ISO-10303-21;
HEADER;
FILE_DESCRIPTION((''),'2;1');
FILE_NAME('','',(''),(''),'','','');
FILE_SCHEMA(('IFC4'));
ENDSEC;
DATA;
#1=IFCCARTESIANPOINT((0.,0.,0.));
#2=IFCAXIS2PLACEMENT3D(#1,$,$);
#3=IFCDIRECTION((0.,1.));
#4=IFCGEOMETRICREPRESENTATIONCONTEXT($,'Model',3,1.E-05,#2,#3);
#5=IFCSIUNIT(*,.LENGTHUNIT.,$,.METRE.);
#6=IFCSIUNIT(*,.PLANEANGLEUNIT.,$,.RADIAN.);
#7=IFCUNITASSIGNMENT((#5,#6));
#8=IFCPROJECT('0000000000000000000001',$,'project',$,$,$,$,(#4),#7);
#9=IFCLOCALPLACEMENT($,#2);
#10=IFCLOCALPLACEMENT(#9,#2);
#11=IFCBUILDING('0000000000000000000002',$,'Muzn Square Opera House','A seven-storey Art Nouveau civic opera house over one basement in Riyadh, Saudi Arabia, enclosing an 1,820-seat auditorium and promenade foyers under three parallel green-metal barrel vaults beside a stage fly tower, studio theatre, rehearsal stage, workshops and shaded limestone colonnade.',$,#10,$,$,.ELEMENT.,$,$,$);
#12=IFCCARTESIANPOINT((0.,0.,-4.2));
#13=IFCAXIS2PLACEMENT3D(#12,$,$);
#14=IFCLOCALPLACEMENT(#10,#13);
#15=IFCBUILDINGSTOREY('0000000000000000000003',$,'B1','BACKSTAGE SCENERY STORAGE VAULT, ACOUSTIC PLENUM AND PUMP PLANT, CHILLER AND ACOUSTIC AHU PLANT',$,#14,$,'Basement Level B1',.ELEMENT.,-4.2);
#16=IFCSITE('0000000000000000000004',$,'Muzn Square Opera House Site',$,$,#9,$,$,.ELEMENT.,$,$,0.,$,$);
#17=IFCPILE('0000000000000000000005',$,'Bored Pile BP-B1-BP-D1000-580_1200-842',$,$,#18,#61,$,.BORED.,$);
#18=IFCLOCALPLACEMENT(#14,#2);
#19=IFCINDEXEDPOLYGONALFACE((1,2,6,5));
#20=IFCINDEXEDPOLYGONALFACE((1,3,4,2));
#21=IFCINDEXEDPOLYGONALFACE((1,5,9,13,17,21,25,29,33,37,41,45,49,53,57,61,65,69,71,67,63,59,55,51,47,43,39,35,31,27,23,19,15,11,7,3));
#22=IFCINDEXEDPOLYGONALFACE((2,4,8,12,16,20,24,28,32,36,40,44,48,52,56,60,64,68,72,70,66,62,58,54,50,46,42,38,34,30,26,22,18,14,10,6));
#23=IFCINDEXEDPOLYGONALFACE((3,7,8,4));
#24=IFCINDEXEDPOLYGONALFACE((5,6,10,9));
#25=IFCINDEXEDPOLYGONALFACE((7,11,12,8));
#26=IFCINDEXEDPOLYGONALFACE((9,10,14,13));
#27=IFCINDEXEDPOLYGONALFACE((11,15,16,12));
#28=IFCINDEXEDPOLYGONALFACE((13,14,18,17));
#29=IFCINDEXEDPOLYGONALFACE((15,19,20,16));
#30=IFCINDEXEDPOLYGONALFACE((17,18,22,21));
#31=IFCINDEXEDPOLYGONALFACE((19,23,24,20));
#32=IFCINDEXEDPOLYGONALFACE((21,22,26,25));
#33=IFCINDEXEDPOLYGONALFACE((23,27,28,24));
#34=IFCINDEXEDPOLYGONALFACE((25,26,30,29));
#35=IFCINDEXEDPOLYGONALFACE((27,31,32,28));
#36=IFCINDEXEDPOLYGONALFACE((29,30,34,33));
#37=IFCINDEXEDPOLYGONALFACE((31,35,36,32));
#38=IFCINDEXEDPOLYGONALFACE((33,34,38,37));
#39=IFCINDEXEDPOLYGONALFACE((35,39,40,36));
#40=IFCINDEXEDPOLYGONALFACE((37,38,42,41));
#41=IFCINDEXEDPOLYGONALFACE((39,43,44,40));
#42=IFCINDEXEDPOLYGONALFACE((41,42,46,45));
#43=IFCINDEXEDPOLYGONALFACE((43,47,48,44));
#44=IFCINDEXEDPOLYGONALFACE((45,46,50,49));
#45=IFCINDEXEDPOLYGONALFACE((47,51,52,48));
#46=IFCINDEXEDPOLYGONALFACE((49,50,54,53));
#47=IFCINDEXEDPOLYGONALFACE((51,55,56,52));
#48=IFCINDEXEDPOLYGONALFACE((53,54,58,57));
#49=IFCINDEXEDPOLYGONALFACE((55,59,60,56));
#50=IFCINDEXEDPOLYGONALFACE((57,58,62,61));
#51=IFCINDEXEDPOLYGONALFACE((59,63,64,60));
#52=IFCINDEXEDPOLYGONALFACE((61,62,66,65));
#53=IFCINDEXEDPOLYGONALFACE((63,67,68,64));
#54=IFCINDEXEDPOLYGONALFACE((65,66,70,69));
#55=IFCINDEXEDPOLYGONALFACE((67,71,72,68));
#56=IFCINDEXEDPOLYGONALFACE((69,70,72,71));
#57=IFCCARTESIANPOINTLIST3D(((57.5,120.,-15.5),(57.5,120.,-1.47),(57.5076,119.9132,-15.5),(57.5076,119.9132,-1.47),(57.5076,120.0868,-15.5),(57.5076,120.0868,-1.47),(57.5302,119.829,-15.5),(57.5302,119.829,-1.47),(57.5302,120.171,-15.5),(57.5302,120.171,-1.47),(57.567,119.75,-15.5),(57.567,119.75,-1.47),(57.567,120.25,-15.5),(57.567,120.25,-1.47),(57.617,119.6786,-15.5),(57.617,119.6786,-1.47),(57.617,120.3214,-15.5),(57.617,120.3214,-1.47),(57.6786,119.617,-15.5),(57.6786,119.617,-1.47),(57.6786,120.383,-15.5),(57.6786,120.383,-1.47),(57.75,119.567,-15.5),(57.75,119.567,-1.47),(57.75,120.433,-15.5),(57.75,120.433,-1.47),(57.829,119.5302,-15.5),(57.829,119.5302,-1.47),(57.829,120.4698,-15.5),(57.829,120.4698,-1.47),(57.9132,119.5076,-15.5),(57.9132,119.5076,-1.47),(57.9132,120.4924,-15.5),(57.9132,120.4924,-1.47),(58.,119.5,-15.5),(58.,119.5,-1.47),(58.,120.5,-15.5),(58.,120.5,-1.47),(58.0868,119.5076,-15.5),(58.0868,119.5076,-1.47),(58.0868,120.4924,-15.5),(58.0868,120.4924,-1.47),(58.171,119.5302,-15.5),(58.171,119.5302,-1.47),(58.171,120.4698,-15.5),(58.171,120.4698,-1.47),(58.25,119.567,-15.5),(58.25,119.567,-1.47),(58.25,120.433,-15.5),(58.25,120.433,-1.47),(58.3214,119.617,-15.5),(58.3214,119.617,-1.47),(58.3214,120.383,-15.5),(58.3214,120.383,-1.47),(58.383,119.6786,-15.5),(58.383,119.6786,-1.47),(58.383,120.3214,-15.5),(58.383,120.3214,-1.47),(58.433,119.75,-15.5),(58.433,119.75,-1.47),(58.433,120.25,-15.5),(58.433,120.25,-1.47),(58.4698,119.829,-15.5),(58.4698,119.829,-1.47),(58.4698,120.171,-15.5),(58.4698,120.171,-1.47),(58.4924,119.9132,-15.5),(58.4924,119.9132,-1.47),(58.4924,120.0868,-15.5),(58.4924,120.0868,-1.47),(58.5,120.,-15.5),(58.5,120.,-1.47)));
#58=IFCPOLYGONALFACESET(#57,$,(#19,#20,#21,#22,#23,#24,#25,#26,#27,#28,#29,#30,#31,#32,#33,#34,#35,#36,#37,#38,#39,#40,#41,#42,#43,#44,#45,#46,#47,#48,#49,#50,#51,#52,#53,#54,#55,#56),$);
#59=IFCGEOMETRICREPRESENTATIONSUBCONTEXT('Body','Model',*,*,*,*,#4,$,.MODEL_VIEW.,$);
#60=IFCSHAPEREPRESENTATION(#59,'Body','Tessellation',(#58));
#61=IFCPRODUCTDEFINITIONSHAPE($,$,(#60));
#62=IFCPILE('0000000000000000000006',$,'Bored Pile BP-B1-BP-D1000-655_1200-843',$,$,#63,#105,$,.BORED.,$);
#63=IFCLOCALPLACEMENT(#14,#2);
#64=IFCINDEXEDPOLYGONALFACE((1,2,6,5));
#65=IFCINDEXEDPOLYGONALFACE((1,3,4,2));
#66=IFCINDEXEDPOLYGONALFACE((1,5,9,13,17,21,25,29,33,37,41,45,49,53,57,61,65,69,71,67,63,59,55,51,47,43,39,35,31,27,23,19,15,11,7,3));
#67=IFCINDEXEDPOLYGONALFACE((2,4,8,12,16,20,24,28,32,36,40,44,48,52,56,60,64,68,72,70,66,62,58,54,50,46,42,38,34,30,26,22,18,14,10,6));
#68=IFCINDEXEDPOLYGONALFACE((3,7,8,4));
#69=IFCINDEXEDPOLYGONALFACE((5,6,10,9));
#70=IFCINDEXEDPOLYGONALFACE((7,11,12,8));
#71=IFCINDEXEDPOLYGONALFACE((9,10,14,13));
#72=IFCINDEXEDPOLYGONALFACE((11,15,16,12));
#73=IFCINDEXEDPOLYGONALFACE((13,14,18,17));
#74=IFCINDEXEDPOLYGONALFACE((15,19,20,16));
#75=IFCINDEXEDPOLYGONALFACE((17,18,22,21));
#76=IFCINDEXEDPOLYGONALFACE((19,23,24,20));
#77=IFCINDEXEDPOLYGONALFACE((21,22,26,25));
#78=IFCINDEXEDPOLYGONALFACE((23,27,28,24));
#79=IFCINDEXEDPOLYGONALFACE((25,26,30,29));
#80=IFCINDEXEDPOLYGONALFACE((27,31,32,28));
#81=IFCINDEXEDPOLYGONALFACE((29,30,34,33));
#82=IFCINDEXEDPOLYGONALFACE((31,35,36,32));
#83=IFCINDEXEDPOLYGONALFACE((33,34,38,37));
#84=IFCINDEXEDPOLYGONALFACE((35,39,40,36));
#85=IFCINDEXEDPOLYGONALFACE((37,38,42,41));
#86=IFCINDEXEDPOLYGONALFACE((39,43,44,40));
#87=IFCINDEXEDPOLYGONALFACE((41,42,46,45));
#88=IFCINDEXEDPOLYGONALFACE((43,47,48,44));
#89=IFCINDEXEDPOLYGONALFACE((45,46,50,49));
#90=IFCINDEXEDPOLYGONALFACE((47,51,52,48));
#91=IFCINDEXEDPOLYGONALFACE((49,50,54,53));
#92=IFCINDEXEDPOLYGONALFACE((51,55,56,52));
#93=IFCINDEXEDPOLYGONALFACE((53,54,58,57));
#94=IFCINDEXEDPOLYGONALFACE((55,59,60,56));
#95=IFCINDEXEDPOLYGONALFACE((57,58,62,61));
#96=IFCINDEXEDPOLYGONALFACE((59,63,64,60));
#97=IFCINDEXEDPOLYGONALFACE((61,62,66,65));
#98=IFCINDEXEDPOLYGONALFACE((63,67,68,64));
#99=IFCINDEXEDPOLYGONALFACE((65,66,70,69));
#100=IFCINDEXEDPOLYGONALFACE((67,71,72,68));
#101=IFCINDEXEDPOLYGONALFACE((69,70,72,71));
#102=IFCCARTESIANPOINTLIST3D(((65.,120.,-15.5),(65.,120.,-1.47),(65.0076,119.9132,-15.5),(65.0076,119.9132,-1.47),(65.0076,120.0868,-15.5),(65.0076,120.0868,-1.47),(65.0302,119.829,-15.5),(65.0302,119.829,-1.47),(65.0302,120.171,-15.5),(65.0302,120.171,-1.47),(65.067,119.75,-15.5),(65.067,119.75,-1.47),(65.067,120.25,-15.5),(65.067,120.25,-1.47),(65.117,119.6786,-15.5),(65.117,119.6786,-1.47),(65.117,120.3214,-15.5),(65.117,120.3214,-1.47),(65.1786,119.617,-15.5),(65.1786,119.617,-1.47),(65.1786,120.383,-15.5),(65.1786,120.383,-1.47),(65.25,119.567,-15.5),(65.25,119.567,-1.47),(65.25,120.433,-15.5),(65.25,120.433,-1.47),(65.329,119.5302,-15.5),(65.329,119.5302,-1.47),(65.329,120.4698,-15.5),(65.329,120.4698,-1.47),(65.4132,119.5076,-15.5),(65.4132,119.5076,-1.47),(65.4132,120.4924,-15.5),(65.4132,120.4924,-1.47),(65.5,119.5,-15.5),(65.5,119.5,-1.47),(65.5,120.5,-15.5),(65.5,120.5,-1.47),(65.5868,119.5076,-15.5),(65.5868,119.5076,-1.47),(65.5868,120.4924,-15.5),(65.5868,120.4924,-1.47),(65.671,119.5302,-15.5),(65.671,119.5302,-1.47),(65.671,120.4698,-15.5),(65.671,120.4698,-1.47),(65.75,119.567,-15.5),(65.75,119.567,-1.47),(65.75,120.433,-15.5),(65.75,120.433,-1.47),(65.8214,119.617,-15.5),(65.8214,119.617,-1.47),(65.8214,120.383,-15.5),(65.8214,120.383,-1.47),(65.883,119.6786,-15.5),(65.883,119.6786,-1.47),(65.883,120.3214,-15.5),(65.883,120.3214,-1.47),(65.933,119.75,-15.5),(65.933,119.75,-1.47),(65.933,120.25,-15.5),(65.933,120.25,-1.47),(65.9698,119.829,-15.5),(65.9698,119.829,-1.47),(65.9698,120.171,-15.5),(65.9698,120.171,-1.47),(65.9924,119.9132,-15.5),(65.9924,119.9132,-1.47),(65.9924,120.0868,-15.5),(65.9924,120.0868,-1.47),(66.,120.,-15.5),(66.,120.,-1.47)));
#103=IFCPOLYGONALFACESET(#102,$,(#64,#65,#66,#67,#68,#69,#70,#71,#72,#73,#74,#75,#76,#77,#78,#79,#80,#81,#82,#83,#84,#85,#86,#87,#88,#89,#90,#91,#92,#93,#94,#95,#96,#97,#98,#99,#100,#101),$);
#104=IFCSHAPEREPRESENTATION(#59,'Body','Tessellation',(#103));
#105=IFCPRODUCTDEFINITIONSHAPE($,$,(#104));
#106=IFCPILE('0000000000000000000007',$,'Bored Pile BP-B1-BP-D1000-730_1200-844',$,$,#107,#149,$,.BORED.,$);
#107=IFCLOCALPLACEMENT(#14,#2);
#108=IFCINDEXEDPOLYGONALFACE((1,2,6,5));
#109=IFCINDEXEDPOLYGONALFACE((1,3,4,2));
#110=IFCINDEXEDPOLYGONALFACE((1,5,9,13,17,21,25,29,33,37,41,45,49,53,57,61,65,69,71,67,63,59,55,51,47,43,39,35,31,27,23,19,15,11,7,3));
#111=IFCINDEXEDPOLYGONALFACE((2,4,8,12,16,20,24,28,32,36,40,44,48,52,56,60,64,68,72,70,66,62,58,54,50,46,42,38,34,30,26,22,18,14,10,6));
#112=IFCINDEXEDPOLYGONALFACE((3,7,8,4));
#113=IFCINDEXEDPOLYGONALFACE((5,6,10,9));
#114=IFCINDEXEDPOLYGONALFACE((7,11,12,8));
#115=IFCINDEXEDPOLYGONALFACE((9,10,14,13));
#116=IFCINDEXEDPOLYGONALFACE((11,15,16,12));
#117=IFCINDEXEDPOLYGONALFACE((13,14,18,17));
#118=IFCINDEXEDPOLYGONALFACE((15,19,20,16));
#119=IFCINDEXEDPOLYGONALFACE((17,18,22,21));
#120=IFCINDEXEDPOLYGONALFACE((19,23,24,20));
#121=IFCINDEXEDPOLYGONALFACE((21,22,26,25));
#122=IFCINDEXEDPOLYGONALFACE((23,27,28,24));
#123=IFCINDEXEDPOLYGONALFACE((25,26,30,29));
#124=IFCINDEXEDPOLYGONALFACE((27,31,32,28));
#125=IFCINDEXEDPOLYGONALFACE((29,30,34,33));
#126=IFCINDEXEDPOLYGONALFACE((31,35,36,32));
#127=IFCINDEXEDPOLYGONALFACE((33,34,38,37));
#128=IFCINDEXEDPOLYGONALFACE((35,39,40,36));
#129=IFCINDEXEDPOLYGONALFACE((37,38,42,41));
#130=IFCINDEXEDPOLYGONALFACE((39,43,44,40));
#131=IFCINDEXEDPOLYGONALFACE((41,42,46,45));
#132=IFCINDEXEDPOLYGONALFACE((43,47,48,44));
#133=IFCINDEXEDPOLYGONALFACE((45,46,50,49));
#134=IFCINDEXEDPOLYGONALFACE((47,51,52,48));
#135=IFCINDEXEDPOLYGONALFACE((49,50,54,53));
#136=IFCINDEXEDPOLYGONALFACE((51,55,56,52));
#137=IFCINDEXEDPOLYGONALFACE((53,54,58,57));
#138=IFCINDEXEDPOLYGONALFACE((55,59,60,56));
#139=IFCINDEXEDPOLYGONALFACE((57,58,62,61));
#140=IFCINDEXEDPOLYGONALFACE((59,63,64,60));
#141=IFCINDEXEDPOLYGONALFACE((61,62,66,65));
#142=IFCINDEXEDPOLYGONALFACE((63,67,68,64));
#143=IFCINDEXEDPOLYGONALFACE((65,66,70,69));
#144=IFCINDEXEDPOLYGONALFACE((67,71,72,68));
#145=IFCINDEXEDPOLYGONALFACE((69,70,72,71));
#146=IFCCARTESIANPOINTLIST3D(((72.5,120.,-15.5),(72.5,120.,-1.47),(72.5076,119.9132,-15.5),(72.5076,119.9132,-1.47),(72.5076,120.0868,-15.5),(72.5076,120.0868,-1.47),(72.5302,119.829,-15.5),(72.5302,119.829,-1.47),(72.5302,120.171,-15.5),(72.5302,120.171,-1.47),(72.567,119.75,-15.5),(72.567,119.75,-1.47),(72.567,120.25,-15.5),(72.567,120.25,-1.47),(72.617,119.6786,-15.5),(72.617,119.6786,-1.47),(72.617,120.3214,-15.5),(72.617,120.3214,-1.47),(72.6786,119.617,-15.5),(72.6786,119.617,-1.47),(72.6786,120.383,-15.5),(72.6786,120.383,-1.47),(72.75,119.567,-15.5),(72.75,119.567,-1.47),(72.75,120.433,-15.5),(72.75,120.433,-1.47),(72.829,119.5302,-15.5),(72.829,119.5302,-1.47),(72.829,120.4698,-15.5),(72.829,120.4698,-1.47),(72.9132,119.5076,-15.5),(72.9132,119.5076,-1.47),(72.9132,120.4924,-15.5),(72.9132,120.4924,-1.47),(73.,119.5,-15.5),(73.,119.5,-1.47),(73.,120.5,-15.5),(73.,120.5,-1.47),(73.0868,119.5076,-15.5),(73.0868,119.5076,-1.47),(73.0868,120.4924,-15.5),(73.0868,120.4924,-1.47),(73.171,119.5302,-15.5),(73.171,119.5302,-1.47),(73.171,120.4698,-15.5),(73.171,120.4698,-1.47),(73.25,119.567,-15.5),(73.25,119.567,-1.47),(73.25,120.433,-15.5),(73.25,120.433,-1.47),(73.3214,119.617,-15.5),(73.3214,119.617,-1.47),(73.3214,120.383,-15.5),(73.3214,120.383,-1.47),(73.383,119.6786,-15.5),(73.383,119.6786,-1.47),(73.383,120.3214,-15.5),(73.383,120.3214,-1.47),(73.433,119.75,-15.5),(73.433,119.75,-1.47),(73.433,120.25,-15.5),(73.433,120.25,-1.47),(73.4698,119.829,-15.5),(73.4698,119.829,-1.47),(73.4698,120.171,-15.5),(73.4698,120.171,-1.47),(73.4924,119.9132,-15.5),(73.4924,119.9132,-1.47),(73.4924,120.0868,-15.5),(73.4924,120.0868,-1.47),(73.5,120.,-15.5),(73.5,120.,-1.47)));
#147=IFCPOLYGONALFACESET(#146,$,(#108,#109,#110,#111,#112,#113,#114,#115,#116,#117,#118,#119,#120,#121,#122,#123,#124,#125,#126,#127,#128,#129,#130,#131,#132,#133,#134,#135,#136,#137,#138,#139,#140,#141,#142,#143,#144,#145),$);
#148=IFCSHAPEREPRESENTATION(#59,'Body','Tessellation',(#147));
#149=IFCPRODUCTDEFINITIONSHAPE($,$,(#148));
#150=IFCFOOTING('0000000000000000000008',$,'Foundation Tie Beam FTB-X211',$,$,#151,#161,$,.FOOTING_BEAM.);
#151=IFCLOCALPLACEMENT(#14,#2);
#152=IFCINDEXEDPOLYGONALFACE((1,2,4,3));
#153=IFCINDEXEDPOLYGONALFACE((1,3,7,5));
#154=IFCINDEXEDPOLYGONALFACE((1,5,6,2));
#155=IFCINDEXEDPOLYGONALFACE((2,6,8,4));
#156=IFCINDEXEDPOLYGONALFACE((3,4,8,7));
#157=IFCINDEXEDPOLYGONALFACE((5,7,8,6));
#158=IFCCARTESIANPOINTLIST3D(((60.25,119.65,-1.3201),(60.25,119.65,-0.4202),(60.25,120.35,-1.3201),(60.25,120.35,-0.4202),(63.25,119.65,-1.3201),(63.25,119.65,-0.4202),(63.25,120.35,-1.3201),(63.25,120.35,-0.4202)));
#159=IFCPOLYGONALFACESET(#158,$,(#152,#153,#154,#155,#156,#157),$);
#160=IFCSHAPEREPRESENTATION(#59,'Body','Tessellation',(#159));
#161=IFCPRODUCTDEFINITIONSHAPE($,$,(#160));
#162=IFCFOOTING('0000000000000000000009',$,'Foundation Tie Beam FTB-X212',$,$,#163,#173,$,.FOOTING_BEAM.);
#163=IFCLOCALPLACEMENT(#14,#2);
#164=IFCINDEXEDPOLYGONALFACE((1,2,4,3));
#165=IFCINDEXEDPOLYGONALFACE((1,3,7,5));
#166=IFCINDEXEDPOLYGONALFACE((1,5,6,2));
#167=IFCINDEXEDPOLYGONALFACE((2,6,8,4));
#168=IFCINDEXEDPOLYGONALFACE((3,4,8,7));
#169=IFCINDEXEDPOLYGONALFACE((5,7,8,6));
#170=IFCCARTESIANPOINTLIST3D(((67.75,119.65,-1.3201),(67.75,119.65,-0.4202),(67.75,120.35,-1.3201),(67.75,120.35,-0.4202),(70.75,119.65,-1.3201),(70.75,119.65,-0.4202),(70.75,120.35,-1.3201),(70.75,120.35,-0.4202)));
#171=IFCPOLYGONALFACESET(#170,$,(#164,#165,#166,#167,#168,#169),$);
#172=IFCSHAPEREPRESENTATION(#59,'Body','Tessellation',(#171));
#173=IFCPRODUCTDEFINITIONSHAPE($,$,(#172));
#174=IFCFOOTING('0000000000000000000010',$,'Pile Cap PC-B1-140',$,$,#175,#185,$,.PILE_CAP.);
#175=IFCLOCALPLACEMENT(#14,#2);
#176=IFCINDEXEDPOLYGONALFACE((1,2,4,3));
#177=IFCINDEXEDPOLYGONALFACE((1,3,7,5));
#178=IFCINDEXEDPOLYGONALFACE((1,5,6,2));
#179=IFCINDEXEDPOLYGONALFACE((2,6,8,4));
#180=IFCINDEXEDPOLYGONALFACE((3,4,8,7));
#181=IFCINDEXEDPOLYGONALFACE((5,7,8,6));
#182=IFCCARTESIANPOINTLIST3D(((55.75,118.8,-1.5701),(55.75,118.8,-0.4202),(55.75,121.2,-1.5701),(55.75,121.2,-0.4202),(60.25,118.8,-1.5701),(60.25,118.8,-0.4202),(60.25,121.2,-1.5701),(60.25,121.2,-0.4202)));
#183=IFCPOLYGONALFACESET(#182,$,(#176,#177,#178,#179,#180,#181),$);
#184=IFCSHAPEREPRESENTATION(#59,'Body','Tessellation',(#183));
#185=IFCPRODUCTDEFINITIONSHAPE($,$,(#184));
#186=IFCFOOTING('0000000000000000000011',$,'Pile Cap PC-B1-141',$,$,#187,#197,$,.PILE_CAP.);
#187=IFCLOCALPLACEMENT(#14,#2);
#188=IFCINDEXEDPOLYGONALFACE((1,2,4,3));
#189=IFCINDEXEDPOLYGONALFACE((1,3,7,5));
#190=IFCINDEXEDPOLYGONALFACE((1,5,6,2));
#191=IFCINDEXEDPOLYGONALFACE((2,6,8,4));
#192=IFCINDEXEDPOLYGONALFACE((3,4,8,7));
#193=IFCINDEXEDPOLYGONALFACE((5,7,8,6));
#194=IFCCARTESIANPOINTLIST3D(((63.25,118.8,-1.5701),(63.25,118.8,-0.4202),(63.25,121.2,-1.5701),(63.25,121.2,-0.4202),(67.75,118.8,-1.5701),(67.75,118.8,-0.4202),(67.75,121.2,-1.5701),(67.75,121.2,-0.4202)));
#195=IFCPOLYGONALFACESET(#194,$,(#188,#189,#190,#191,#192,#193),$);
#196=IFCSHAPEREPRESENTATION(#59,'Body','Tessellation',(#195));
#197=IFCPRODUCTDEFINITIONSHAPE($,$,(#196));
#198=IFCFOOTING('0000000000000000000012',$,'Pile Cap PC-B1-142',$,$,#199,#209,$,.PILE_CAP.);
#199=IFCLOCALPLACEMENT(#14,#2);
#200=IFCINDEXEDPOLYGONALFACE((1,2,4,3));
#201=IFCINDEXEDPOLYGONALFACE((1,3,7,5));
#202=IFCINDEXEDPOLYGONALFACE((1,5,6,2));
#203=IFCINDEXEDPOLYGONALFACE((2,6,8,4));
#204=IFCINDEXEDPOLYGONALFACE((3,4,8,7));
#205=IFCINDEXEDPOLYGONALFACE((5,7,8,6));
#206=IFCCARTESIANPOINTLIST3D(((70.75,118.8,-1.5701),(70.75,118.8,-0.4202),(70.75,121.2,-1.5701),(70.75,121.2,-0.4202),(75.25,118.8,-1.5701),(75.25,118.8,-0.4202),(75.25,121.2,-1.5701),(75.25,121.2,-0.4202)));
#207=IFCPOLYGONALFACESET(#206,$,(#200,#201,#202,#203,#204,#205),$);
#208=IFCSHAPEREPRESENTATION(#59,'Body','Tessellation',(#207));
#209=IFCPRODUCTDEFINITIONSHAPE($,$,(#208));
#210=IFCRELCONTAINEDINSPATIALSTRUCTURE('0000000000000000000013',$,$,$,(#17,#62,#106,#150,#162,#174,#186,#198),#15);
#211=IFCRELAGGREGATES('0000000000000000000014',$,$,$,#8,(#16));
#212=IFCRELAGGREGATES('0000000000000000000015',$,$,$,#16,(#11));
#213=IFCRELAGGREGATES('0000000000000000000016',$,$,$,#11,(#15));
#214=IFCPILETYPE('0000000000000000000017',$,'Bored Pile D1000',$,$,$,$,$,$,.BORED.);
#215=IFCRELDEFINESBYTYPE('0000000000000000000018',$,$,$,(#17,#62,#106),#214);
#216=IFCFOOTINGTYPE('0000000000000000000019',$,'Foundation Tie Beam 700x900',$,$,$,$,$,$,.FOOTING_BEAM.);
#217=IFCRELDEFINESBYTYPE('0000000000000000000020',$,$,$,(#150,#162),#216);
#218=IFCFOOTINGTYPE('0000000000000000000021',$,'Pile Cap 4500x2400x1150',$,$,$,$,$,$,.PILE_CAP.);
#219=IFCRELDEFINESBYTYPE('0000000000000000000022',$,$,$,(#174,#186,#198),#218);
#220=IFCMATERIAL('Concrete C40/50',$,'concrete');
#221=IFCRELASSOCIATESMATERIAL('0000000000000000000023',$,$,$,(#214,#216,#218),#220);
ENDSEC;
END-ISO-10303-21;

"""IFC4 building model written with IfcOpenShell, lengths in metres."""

from ifc_helpers import new_model, si_unit, direction, frame, origin, origin_2d, place, context, subcontext, project, spatial, rectangle, circle, extrude, material, material_profile, profile_set, type_object, element, save


model = new_model("IFC4")

# Units and contexts
model_context = context("Model", 3, precision=1e-05, world=origin(), true_north=direction((0.0, 1.0)))
body_context = subcontext(model_context, "Body", "Model", "MODEL_VIEW")
ifc_project = project(units=[si_unit("LENGTHUNIT", "METRE"), si_unit("PLANEANGLEUNIT", "RADIAN")], contexts=[model_context])

# Site, building, storey
site_placement = place(None, origin())
site = spatial("IfcSite", under=ifc_project, at=site_placement, Name="Muzn Square Opera House Site", CompositionType="ELEMENT", RefElevation=0.0)
building_placement = place(site_placement, origin())
building = spatial("IfcBuilding", under=site, at=building_placement, Name="Muzn Square Opera House", Description="A seven-storey Art Nouveau civic opera house over one basement in Riyadh, Saudi Arabia, enclosing an 1,820-seat auditorium and promenade foyers under three parallel green-metal barrel vaults beside a stage fly tower, studio theatre, rehearsal stage, workshops and shaded limestone colonnade.", CompositionType="ELEMENT")
storey_placement = place(building_placement, frame((0.0, 0.0, -4.2)))
storey = spatial("IfcBuildingStorey", under=building, at=storey_placement, Name="B1", Description="BACKSTAGE SCENERY STORAGE VAULT, ACOUSTIC PLENUM AND PUMP PLANT, CHILLER AND ACOUSTIC AHU PLANT", LongName="Basement Level B1", CompositionType="ELEMENT", Elevation=-4.2)

# Piles
ifc_material_1 = material(Name="Concrete C40/50", Category="concrete")
ifc_material_profile_1 = material_profile(ifc_material_1, circle(Radius=0.5, at=origin_2d()), Name="BORED PILE D1000", Category="concrete")
ifc_profile_set_1 = profile_set([ifc_material_profile_1], Name="Concrete C40/50")
pile_type = type_object("IfcPileType", Name="Bored Pile D1000", PredefinedType="BORED", material=ifc_profile_set_1)
for number, where, z_axis, x_axis, name in (
    (1, (58.0, 120.0, -1.47), (0.0, 0.0, -1.0), (1.0, 0.0, 0.0), "Bored Pile BP-B1-BP-D1000-580_1200-842"),
    (2, (65.5, 120.0, -1.47), (0.0, 0.0, -1.0), (1.0, 0.0, 0.0), "Bored Pile BP-B1-BP-D1000-655_1200-843"),
    (3, (73.0, 120.0, -1.47), (0.0, 0.0, -1.0), (1.0, 0.0, 0.0), "Bored Pile BP-B1-BP-D1000-730_1200-844"),
):
    element("IfcPile", number, at=place(storey_placement, frame(where, z_axis=z_axis, x_axis=x_axis)), inside=storey, type_object=pile_type, Name=name, PredefinedType="BORED", context=body_context, shape_type="SweptSolid", body=[
        extrude(circle(Radius=0.5, at=origin_2d()), origin(), (0.0, 0.0, 1.0), 14.03),
    ])

# Footings
ifc_material_profile_2 = material_profile(ifc_material_1, rectangle(XDim=0.7, YDim=0.8999, at=origin_2d()), Name="RCTB 700x900", Category="concrete")
ifc_profile_set_2 = profile_set([ifc_material_profile_2], Name="Concrete C40/50")
footing_type_1 = type_object("IfcFootingType", Name="Foundation Tie Beam 700x900", PredefinedType="FOOTING_BEAM", material=ifc_profile_set_2)
for number, where, z_axis, x_axis, name in (
    (4, (60.25, 120.0, -0.8701), (1.0, 0.0, 0.0), (0.0, 1.0, 0.0), "Foundation Tie Beam FTB-X211"),
    (5, (67.75, 120.0, -0.8701), (1.0, 0.0, 0.0), (0.0, 1.0, 0.0), "Foundation Tie Beam FTB-X212"),
):
    element("IfcFooting", number, at=place(storey_placement, frame(where, z_axis=z_axis, x_axis=x_axis)), inside=storey, type_object=footing_type_1, Name=name, PredefinedType="FOOTING_BEAM", context=body_context, shape_type="SweptSolid", body=[
        extrude(rectangle(XDim=0.7, YDim=0.8999, at=origin_2d()), origin(), (0.0, 0.0, 1.0), 3.0),
    ])
footing_type_2 = type_object("IfcFootingType", Name="Pile Cap 4500x2400x1150", PredefinedType="PILE_CAP", material=ifc_material_1)
for number, where, z_axis, x_axis, name in (
    (6, (58.0, 120.0, -1.5701), (0.0, 0.0, 1.0), (1.0, 0.0, 0.0), "Pile Cap PC-B1-140"),
    (7, (65.5, 120.0, -1.5701), (0.0, 0.0, 1.0), (1.0, 0.0, 0.0), "Pile Cap PC-B1-141"),
    (8, (73.0, 120.0, -1.5701), (0.0, 0.0, 1.0), (1.0, 0.0, 0.0), "Pile Cap PC-B1-142"),
):
    element("IfcFooting", number, at=place(storey_placement, frame(where, z_axis=z_axis, x_axis=x_axis)), inside=storey, type_object=footing_type_2, Name=name, PredefinedType="PILE_CAP", context=body_context, shape_type="SweptSolid", body=[
        extrude(rectangle(XDim=4.5, YDim=2.3999, at=origin_2d()), origin(), (0.0, 0.0, 1.0), 1.1499),
    ])

save(model, "model.ifc")
